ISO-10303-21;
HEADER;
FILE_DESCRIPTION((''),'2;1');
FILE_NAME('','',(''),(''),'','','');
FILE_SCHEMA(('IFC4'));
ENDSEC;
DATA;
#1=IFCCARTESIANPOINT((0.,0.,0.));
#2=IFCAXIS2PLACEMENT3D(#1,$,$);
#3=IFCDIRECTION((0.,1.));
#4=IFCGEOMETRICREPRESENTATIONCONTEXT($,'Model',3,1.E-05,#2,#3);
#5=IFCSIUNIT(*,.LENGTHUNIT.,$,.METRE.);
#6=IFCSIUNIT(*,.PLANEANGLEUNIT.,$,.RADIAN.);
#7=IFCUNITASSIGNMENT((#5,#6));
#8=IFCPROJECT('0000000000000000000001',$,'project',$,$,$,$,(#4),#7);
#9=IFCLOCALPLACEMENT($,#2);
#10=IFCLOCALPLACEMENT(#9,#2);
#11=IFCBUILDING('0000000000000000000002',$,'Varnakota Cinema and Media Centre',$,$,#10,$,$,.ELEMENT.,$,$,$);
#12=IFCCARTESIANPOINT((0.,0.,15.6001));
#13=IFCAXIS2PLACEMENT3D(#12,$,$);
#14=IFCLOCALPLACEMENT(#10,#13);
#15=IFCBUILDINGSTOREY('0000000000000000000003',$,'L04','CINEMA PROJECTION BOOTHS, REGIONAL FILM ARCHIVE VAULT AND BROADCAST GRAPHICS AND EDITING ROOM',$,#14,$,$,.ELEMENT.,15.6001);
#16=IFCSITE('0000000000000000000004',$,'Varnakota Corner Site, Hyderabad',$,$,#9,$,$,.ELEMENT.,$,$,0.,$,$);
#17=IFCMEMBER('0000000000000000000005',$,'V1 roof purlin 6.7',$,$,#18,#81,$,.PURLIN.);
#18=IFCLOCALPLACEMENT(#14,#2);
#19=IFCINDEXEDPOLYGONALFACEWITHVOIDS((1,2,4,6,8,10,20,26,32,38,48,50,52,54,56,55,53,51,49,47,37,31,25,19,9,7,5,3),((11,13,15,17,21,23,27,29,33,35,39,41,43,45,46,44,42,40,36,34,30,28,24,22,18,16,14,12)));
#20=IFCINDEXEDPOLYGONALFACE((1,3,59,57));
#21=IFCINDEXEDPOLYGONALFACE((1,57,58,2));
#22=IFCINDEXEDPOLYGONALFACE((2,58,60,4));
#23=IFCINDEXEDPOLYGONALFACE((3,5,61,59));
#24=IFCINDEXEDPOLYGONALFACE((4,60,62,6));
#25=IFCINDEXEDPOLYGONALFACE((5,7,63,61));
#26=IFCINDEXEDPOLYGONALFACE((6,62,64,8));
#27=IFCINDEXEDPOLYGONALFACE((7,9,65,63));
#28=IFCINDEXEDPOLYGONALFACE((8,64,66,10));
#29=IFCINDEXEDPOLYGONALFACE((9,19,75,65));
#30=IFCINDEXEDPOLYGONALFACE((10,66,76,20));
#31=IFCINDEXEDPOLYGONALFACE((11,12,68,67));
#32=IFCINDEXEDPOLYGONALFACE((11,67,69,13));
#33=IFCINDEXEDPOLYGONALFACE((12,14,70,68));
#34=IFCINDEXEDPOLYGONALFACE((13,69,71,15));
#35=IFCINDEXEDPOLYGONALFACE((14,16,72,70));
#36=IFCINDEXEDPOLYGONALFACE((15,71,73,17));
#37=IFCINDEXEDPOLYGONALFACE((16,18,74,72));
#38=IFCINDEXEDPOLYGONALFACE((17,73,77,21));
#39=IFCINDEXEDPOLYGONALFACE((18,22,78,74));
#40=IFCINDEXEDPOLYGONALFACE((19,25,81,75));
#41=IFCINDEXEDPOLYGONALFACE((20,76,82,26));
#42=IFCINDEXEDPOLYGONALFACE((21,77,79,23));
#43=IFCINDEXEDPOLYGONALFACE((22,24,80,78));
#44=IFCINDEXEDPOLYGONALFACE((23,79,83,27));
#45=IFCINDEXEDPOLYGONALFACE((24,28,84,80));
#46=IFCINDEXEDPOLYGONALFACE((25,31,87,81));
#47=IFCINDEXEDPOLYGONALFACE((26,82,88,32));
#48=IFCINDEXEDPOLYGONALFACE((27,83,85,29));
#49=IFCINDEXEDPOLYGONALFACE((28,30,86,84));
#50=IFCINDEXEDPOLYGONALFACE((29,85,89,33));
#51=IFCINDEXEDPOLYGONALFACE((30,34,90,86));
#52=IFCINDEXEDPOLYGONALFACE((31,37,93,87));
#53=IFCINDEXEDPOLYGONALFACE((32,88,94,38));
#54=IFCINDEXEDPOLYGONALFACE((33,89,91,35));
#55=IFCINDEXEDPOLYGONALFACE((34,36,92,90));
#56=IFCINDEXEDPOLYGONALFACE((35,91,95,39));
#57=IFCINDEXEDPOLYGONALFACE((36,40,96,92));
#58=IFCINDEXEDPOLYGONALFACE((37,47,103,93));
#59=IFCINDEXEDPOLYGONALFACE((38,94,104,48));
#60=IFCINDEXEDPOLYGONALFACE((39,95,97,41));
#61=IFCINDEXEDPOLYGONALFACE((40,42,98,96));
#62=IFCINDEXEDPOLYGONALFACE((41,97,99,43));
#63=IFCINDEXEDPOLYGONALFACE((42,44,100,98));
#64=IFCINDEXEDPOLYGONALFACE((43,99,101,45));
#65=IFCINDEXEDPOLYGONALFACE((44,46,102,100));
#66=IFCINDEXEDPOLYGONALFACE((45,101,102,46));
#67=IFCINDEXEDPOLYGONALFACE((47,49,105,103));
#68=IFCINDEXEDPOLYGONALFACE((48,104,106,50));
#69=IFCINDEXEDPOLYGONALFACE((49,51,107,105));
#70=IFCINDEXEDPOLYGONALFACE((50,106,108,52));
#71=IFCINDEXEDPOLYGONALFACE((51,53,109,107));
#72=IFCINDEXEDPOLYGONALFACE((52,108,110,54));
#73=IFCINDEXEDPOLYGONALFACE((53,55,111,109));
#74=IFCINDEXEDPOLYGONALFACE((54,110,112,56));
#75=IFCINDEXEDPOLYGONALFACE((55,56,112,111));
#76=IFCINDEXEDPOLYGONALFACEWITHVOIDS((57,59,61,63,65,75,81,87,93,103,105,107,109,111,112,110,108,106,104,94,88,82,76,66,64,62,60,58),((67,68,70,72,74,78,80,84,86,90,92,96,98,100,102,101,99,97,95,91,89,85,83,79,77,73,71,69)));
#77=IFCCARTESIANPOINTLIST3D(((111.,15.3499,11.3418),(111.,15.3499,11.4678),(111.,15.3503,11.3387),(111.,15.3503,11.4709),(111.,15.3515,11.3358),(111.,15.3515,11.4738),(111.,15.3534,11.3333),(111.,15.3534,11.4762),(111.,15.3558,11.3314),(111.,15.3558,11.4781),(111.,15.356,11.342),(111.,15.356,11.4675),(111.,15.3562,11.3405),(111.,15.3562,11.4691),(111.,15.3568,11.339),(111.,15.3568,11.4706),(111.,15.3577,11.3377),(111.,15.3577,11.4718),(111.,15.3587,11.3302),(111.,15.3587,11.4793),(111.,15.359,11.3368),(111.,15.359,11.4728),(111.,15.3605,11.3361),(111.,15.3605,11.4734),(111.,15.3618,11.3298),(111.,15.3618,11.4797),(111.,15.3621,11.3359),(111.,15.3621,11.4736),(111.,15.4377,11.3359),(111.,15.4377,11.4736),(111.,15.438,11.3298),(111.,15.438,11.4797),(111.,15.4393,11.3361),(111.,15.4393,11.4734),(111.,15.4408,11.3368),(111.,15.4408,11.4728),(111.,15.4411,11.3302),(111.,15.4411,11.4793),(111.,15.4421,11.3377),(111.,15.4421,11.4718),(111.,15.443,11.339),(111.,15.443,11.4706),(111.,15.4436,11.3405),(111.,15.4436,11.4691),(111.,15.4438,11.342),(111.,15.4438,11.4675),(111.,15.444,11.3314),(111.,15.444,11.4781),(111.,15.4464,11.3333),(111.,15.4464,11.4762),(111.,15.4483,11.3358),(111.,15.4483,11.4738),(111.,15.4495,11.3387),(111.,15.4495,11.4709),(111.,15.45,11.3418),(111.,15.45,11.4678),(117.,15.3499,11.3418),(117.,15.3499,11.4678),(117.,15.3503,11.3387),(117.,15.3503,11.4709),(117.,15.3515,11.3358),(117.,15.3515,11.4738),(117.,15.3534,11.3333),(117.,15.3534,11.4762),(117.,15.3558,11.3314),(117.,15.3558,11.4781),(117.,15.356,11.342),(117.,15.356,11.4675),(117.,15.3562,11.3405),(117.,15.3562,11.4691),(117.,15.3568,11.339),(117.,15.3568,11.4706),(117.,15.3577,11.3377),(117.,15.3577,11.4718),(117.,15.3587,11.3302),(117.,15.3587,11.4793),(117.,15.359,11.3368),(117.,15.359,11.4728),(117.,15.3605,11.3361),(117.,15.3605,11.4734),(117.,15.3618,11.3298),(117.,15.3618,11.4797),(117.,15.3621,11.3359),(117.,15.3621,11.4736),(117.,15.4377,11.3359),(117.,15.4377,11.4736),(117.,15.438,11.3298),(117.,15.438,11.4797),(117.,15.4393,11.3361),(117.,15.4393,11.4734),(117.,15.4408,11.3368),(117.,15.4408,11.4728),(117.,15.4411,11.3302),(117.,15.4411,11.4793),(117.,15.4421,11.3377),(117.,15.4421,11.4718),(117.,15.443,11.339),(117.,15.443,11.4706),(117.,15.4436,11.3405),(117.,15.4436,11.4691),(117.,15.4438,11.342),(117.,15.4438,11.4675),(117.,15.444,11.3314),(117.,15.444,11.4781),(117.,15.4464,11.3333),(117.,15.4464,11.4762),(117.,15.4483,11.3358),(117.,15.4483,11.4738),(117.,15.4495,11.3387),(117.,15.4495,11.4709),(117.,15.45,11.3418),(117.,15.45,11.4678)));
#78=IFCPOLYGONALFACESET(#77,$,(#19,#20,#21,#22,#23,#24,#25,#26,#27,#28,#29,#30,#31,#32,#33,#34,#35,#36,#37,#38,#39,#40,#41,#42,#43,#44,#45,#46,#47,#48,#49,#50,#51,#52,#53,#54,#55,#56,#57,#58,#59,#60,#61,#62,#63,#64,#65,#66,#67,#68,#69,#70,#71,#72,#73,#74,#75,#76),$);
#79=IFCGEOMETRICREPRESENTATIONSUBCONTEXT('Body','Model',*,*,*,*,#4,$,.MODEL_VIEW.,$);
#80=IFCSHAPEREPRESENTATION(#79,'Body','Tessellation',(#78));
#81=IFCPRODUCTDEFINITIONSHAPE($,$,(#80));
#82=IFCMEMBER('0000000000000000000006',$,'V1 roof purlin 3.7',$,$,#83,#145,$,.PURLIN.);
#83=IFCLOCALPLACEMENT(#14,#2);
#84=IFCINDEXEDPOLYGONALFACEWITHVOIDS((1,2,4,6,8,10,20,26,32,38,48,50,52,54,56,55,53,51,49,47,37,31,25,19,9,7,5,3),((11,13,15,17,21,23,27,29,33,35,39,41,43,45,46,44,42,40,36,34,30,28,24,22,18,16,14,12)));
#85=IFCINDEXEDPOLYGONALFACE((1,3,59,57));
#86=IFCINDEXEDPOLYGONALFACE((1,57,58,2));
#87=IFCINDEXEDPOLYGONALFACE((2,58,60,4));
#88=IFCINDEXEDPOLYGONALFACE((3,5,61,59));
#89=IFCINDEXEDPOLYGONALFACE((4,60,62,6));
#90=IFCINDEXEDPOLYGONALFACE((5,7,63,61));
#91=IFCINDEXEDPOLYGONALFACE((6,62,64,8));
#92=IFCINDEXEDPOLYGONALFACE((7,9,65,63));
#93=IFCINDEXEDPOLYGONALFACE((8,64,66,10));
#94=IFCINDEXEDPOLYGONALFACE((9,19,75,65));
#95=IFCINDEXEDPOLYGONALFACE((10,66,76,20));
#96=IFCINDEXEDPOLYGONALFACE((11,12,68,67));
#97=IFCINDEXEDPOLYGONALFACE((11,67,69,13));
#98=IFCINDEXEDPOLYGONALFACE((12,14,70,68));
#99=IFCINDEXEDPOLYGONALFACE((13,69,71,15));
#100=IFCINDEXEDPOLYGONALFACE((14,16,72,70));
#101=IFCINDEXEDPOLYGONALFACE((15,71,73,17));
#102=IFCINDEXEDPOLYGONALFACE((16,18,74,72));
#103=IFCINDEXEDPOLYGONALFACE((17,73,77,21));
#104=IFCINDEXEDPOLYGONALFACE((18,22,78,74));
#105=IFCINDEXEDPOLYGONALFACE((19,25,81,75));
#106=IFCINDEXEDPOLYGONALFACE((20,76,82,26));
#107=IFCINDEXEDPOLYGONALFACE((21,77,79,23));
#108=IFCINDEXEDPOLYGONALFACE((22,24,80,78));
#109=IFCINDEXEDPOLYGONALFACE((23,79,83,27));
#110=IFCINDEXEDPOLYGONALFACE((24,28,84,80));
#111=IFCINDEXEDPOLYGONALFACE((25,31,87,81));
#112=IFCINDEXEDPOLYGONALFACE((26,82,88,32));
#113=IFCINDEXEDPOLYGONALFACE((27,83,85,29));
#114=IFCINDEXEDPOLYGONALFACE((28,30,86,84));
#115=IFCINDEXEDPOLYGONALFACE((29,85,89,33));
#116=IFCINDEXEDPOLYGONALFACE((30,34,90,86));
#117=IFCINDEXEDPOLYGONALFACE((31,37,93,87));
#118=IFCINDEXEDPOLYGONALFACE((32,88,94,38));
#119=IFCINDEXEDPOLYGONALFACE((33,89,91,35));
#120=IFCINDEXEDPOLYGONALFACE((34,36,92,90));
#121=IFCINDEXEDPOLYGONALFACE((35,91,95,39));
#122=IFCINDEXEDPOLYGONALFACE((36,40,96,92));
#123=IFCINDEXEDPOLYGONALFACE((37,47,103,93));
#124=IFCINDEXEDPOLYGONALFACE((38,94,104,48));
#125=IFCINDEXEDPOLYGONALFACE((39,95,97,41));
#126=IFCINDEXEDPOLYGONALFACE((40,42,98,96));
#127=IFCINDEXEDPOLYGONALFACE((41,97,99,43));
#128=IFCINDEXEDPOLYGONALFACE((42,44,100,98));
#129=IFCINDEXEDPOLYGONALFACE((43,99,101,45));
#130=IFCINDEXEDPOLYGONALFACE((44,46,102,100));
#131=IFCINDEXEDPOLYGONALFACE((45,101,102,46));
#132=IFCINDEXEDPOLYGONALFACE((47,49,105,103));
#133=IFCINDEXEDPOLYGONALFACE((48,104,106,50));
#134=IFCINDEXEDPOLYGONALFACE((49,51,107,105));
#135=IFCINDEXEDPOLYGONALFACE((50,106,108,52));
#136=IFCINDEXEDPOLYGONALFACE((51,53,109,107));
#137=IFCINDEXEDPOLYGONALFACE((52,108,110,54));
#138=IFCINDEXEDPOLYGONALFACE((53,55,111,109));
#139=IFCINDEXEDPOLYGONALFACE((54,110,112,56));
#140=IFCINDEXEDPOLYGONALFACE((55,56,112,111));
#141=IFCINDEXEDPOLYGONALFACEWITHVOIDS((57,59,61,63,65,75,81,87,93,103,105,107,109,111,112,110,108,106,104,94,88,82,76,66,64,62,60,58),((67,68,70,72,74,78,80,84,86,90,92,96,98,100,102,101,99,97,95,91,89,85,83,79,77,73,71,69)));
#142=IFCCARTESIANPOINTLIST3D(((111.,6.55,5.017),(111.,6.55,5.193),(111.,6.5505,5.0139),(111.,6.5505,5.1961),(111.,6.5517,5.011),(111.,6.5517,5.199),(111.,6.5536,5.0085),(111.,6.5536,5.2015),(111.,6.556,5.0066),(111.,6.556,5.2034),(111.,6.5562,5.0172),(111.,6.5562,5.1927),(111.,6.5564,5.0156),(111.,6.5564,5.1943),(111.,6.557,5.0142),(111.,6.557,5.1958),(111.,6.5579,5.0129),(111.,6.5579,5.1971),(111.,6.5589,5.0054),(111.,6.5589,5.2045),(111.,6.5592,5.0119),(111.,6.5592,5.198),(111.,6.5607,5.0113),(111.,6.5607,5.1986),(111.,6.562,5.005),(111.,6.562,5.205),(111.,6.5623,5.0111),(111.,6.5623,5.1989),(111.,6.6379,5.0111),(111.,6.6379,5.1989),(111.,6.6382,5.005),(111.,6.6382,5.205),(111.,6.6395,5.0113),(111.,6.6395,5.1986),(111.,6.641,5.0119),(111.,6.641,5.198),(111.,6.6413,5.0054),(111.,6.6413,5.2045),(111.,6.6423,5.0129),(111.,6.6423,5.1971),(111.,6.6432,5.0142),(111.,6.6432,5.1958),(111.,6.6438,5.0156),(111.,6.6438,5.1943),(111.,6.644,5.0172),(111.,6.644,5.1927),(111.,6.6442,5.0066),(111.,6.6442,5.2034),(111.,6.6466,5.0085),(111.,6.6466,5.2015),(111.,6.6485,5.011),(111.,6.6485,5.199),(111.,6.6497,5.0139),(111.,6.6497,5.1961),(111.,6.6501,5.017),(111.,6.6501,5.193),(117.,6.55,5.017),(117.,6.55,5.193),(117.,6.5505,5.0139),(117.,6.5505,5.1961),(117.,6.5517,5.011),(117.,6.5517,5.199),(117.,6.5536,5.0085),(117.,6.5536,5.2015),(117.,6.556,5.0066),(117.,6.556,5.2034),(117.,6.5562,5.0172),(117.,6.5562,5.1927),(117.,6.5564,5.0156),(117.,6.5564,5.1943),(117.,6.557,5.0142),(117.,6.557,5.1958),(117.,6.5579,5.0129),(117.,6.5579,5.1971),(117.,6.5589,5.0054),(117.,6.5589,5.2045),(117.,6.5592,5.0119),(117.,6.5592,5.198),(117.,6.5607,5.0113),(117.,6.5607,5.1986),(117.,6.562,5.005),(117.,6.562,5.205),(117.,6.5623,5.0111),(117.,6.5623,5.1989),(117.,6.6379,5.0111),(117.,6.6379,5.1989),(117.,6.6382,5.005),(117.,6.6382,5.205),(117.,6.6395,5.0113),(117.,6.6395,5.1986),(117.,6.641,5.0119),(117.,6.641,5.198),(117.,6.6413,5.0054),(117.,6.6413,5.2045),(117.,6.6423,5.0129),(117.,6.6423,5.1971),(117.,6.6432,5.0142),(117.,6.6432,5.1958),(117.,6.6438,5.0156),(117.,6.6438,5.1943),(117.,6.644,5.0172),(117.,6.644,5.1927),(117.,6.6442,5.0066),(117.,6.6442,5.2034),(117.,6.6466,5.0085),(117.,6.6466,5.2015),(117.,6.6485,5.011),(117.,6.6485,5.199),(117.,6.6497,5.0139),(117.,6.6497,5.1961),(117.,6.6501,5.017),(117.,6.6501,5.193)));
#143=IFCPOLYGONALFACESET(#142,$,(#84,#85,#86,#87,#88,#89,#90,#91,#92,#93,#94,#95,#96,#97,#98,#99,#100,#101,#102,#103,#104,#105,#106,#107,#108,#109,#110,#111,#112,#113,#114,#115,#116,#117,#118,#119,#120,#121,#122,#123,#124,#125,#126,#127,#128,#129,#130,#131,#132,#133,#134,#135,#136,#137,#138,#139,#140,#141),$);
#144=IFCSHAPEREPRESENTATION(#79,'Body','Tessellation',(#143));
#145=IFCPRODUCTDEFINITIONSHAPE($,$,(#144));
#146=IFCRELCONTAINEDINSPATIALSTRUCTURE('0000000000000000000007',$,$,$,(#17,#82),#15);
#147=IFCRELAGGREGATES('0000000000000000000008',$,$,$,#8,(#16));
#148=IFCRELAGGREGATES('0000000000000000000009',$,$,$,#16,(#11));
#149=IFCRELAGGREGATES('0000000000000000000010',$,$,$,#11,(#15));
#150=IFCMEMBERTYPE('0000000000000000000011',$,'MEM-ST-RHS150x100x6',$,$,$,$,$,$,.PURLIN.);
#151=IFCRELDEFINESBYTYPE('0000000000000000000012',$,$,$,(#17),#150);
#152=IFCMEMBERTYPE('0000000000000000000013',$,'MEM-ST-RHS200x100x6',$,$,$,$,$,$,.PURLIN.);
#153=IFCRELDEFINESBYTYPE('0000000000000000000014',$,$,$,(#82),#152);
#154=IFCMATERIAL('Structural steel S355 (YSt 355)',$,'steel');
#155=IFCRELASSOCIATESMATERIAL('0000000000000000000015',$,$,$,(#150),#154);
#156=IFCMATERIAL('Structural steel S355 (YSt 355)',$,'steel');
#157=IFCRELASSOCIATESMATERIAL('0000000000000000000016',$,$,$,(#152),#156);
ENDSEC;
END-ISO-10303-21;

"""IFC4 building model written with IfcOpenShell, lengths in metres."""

from ifc_helpers import new_model, si_unit, direction, frame, origin, origin_2d, place, context, subcontext, project, spatial, hollow_rectangle, extrude, material, material_profile, profile_set, type_object, element, save


model = new_model("IFC4")

# Units and contexts
model_context = context("Model", 3, precision=1e-05, world=origin(), true_north=direction((0.0, 1.0)))
body_context = subcontext(model_context, "Body", "Model", "MODEL_VIEW")
ifc_project = project(units=[si_unit("LENGTHUNIT", "METRE"), si_unit("PLANEANGLEUNIT", "RADIAN")], contexts=[model_context])

# Site, building, storey
site_placement = place(None, origin())
site = spatial("IfcSite", under=ifc_project, at=site_placement, Name="Varnakota Corner Site, Hyderabad", CompositionType="ELEMENT", RefElevation=0.0)
building_placement = place(site_placement, origin())
building = spatial("IfcBuilding", under=site, at=building_placement, Name="Varnakota Cinema and Media Centre", CompositionType="ELEMENT")
storey_placement = place(building_placement, frame((0.0, 0.0, 15.6001)))
storey = spatial("IfcBuildingStorey", under=building, at=storey_placement, Name="L04", Description="CINEMA PROJECTION BOOTHS, REGIONAL FILM ARCHIVE VAULT AND BROADCAST GRAPHICS AND EDITING ROOM", CompositionType="ELEMENT", Elevation=15.6001)

# Members
ifc_material_1 = material(Name="Structural steel S355 (YSt 355)", Category="steel")
ifc_material_profile_1 = material_profile(ifc_material_1, hollow_rectangle(XDim=0.1001, YDim=0.1499, WallThickness=0.0061, InnerFilletRadius=0.0061, OuterFilletRadius=0.012, at=origin_2d()), Name="RHS 150x100x6")
ifc_profile_set_1 = profile_set([ifc_material_profile_1], Name="Structural steel S355 (YSt 355)")
member_type_1 = type_object("IfcMemberType", Name="MEM-ST-RHS150x100x6", PredefinedType="PURLIN", material=ifc_profile_set_1)
for number, where, z_axis, x_axis, name in (
    (1, (111.0, 15.3999, 11.4048), (1.0, 0.0, 0.0), (0.0, 1.0, 0.0), "V1 roof purlin 6.7"),
):
    element("IfcMember", number, at=place(storey_placement, frame(where, z_axis=z_axis, x_axis=x_axis)), inside=storey, type_object=member_type_1, Name=name, PredefinedType="PURLIN", context=body_context, shape_type="SweptSolid", body=[
        extrude(hollow_rectangle(XDim=0.1001, YDim=0.1499, WallThickness=0.0061, InnerFilletRadius=0.0061, OuterFilletRadius=0.012, at=origin_2d()), origin(), (0.0, 0.0, 1.0), 6.0),
    ])
ifc_material_2 = material(Name="Structural steel S355 (YSt 355)", Category="steel")
ifc_material_profile_2 = material_profile(ifc_material_2, hollow_rectangle(XDim=0.1001, YDim=0.2, WallThickness=0.0061, InnerFilletRadius=0.0061, OuterFilletRadius=0.012, at=origin_2d()), Name="RHS 200x100x6")
ifc_profile_set_2 = profile_set([ifc_material_profile_2], Name="Structural steel S355 (YSt 355)")
member_type_2 = type_object("IfcMemberType", Name="MEM-ST-RHS200x100x6", PredefinedType="PURLIN", material=ifc_profile_set_2)
for number, where, z_axis, x_axis, name in (
    (2, (111.0, 6.6001, 5.105), (1.0, 0.0, 0.0), (0.0, 1.0, 0.0), "V1 roof purlin 3.7"),
):
    element("IfcMember", number, at=place(storey_placement, frame(where, z_axis=z_axis, x_axis=x_axis)), inside=storey, type_object=member_type_2, Name=name, PredefinedType="PURLIN", context=body_context, shape_type="SweptSolid", body=[
        extrude(hollow_rectangle(XDim=0.1001, YDim=0.2, WallThickness=0.0061, InnerFilletRadius=0.0061, OuterFilletRadius=0.012, at=origin_2d()), origin(), (0.0, 0.0, 1.0), 6.0),
    ])

save(model, "model.ifc")
